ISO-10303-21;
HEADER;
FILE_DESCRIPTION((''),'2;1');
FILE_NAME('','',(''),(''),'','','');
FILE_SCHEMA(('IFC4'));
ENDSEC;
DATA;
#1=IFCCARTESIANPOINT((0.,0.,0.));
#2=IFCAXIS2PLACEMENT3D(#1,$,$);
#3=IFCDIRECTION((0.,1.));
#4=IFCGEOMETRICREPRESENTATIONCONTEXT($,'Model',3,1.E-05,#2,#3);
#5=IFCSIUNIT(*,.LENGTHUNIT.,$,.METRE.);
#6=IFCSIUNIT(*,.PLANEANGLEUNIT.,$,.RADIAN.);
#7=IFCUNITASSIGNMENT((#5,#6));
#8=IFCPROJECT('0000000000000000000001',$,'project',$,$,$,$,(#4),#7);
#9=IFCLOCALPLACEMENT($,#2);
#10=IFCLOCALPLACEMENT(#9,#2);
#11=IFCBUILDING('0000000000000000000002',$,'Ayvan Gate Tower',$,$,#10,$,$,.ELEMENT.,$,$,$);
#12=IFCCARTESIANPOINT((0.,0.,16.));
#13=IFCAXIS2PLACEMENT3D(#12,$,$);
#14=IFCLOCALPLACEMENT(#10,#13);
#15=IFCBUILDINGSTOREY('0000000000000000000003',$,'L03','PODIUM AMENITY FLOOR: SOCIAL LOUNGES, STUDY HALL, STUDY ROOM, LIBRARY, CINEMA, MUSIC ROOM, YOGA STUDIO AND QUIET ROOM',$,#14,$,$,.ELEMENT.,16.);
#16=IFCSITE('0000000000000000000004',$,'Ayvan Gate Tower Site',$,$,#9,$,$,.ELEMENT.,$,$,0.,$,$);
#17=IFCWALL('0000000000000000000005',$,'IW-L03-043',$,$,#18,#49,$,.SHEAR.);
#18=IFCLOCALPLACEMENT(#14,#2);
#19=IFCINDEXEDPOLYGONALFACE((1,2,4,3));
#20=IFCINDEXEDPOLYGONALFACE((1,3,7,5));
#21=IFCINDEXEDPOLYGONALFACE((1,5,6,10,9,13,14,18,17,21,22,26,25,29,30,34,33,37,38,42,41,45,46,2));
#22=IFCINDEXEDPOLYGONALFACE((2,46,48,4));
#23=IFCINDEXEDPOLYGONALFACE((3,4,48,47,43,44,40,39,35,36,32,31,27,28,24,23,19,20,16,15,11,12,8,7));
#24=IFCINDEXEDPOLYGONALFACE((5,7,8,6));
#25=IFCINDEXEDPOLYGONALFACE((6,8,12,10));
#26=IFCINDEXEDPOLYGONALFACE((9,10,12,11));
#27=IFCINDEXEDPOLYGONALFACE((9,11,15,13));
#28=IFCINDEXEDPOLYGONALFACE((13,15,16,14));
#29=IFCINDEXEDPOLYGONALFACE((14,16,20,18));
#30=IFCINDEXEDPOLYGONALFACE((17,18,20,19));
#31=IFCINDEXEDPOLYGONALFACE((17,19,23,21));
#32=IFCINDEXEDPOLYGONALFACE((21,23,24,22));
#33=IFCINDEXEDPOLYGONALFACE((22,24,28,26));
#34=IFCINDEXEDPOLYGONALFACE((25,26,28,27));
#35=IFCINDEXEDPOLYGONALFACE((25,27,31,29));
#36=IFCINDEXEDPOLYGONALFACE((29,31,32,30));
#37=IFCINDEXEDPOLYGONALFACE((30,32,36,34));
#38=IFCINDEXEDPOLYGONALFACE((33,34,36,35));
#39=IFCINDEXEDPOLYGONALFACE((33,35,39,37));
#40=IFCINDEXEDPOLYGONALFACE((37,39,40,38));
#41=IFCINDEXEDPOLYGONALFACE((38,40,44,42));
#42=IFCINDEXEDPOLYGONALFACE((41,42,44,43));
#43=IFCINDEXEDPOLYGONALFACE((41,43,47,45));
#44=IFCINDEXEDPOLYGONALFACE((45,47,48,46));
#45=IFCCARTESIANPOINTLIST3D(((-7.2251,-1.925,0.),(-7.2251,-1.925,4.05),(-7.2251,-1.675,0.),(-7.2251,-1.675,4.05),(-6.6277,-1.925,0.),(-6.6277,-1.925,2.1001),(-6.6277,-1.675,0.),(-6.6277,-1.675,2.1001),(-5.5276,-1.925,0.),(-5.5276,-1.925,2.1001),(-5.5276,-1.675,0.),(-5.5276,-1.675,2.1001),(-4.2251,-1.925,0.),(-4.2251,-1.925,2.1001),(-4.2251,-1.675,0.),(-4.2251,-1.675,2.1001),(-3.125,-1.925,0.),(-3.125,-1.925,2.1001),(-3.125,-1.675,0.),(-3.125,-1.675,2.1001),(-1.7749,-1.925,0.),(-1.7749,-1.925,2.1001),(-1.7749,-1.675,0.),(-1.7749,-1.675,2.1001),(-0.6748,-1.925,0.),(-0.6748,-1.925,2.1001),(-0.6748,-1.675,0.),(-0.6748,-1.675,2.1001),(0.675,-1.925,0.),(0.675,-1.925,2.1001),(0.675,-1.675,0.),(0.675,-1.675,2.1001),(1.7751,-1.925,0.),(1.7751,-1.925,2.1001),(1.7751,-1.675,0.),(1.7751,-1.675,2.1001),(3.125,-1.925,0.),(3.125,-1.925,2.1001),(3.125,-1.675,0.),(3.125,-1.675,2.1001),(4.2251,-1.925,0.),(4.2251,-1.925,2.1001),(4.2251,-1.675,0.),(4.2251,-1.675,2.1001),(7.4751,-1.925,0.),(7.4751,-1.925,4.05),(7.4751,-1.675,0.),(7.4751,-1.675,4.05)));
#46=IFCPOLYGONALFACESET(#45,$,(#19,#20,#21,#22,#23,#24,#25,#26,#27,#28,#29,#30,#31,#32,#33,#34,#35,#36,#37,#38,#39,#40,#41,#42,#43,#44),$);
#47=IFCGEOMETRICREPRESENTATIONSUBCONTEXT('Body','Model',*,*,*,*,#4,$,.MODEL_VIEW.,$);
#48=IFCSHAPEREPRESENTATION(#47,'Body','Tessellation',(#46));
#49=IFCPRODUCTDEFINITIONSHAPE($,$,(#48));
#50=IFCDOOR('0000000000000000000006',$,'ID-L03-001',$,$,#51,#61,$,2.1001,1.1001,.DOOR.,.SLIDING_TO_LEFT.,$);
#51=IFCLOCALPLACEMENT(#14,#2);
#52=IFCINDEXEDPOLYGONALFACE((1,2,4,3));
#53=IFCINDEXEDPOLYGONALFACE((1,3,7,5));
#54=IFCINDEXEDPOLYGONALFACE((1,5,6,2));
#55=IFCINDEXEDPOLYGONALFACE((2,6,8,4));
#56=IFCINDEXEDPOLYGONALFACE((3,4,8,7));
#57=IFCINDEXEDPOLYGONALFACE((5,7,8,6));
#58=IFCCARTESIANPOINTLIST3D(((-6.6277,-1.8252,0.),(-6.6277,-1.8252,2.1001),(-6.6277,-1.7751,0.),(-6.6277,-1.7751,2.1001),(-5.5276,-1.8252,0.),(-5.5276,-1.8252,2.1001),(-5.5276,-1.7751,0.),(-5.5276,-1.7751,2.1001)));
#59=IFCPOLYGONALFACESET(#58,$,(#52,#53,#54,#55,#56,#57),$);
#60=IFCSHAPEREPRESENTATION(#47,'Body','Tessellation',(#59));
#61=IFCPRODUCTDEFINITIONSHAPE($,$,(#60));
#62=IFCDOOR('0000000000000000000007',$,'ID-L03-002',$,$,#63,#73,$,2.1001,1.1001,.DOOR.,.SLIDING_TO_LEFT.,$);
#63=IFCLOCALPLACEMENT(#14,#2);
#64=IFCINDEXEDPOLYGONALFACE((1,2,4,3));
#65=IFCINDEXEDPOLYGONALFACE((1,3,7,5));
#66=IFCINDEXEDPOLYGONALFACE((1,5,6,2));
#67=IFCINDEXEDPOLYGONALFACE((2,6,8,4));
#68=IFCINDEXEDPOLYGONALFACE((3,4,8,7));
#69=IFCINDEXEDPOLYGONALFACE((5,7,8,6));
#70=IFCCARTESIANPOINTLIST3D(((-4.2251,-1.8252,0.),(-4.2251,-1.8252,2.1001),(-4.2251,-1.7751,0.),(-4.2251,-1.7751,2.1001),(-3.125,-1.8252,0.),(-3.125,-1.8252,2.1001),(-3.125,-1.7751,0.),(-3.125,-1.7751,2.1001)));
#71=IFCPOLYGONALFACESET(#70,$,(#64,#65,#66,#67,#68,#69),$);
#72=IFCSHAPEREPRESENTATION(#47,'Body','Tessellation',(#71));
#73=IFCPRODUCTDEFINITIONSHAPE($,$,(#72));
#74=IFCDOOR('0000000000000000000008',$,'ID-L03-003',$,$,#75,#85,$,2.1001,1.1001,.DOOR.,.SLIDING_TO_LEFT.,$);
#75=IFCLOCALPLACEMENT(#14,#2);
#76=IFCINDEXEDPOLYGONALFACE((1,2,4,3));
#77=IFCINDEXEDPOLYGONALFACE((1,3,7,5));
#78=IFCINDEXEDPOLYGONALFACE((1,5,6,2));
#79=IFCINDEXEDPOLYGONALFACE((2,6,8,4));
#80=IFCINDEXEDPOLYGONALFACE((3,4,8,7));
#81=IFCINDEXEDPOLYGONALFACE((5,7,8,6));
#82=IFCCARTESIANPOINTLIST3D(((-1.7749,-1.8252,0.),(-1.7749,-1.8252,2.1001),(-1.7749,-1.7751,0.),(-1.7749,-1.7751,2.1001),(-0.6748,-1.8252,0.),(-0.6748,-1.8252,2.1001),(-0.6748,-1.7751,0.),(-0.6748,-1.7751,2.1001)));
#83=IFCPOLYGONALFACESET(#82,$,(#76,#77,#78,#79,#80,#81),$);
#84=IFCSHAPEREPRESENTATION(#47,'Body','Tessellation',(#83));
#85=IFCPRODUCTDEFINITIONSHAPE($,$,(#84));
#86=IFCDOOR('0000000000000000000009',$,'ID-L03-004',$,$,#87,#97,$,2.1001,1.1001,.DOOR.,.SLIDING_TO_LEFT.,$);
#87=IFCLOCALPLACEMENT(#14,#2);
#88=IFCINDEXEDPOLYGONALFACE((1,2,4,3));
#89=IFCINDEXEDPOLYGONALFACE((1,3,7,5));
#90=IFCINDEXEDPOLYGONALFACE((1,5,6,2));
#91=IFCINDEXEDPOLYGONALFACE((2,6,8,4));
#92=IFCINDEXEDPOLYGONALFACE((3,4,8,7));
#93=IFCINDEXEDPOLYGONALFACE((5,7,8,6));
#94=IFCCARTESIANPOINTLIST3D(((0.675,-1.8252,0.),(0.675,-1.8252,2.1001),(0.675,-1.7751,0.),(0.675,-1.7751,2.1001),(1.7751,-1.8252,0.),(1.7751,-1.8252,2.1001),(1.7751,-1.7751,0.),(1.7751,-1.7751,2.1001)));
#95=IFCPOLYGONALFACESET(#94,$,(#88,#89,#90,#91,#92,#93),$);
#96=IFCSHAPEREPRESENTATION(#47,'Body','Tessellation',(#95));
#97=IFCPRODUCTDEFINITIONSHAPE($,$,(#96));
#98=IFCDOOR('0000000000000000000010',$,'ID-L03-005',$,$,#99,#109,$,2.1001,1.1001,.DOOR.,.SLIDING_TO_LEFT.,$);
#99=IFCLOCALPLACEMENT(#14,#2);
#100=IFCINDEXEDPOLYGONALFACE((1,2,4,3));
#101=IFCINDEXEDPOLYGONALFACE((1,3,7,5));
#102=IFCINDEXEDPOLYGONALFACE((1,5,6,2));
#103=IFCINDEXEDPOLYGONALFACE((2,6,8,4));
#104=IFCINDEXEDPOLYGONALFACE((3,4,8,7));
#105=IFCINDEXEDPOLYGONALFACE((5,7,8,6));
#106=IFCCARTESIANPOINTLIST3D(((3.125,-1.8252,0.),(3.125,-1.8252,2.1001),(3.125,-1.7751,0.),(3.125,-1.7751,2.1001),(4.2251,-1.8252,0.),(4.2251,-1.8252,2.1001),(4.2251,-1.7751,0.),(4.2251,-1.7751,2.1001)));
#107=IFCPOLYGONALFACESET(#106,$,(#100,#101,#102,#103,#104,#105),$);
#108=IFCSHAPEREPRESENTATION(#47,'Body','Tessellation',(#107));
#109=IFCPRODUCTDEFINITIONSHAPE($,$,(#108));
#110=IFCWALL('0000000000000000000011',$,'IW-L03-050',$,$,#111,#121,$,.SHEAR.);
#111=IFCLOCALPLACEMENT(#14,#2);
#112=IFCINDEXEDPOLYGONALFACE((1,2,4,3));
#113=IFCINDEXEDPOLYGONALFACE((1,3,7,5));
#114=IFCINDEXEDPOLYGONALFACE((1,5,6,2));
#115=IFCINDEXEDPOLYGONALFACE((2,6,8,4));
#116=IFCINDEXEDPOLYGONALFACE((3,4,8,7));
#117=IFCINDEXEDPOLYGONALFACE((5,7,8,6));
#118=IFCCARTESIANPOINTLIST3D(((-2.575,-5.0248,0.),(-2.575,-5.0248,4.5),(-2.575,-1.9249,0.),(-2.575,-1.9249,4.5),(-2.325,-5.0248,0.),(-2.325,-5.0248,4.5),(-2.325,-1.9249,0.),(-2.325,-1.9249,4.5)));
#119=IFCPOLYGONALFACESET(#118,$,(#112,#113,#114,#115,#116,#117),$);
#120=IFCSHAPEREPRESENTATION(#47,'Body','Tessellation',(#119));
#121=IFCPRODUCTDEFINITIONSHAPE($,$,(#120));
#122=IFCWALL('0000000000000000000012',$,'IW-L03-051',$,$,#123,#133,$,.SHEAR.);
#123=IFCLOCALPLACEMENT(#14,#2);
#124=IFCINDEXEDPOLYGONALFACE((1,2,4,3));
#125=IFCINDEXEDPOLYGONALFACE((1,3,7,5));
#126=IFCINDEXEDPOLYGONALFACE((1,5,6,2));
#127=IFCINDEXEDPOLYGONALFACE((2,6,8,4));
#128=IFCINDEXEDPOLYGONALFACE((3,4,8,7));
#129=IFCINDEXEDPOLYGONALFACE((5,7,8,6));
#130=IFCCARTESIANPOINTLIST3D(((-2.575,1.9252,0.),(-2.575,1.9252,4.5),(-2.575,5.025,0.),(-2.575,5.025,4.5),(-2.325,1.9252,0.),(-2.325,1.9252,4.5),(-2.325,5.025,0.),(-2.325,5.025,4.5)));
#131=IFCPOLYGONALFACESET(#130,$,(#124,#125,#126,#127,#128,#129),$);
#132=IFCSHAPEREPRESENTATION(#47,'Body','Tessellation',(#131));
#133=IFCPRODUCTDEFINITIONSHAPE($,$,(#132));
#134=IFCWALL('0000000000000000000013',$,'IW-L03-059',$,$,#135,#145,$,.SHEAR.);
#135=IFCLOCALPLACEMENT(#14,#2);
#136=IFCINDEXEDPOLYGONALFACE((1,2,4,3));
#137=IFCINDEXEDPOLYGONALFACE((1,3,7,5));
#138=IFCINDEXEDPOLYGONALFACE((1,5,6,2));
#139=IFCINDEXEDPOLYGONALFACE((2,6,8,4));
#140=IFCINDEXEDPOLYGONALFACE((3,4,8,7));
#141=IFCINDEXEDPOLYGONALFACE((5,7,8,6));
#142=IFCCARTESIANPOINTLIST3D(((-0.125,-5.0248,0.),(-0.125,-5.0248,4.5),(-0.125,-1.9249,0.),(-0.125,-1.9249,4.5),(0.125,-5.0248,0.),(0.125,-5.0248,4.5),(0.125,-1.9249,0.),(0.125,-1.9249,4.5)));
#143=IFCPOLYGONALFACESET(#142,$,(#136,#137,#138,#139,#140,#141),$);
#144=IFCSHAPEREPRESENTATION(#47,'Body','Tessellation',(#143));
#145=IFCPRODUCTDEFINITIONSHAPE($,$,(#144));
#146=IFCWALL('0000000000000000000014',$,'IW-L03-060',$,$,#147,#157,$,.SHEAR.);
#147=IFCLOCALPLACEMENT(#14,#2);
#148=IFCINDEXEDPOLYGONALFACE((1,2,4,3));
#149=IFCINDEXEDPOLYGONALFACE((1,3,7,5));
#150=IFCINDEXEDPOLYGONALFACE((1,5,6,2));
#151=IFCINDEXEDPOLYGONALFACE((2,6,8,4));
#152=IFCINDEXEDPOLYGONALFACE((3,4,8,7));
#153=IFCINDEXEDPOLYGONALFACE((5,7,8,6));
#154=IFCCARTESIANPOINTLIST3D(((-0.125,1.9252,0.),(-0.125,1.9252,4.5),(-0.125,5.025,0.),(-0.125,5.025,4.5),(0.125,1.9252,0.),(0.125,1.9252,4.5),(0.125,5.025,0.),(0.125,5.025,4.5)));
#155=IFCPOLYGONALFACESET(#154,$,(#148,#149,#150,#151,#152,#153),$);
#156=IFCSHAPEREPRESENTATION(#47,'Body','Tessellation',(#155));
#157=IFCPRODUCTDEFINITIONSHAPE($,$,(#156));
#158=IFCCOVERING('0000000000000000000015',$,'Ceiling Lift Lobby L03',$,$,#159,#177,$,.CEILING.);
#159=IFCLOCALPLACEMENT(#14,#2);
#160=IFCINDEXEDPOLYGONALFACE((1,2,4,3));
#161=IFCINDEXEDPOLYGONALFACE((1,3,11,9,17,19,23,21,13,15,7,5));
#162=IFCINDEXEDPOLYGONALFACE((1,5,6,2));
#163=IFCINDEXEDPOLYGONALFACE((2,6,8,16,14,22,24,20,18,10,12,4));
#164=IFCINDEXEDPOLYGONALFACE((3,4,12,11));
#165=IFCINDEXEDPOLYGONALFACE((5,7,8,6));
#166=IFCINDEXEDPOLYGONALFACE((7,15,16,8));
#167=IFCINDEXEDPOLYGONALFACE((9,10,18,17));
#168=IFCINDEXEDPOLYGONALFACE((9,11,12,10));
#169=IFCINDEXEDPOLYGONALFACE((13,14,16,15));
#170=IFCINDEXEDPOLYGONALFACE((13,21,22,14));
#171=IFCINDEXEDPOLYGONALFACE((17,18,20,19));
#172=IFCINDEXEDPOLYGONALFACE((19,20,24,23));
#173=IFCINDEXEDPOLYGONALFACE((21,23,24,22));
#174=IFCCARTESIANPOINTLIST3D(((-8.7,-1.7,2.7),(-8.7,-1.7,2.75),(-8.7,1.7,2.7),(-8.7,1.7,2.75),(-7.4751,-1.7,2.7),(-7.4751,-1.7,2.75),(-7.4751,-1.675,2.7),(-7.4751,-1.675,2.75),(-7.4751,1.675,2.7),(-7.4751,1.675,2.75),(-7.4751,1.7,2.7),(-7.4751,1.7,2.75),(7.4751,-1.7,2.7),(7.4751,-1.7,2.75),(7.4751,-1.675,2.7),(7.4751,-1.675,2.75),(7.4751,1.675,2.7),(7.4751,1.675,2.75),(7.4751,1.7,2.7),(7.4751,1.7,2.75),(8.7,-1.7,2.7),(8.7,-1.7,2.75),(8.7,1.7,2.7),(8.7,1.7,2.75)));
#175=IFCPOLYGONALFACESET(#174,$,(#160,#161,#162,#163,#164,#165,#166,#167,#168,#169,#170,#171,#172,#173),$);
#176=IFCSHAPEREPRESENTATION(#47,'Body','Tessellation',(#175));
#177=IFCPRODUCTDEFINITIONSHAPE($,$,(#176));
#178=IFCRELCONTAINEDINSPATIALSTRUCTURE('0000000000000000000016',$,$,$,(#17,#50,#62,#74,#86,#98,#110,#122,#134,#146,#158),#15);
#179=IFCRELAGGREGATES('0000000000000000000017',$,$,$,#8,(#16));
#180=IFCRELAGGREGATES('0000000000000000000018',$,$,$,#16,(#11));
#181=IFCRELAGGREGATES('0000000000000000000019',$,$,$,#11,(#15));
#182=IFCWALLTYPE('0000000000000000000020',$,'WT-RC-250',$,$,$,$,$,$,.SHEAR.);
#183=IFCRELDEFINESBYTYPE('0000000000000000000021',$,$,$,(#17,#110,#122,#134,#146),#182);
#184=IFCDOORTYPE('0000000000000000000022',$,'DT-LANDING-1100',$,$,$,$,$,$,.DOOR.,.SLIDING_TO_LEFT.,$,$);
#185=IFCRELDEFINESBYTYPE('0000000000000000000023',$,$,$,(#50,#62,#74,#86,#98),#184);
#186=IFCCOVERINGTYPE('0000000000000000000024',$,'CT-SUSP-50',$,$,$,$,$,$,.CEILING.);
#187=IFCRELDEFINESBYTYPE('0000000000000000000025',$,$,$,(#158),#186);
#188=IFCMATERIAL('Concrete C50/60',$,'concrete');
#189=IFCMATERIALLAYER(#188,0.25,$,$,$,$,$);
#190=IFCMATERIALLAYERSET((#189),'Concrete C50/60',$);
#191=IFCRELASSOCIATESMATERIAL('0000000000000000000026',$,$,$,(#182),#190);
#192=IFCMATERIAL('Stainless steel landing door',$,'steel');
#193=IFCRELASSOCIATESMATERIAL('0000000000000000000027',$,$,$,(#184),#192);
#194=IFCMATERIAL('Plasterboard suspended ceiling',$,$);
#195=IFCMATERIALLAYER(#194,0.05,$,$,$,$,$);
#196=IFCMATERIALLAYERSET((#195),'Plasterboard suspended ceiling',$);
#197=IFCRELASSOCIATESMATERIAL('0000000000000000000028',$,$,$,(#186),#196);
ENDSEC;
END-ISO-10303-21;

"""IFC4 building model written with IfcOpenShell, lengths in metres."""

from ifc_helpers import new_model, si_unit, direction, frame, frame_2d, origin, place, context, subcontext, project, spatial, polyline, rectangle, outline, extrude, material, layer, layer_set, type_object, element, fill, save


model = new_model("IFC4")

# Units and contexts
model_context = context("Model", 3, precision=1e-05, world=origin(), true_north=direction((0.0, 1.0)))
body_context = subcontext(model_context, "Body", "Model", "MODEL_VIEW")
ifc_project = project(units=[si_unit("LENGTHUNIT", "METRE"), si_unit("PLANEANGLEUNIT", "RADIAN")], contexts=[model_context])

# Site, building, storey
site_placement = place(None, origin())
site = spatial("IfcSite", under=ifc_project, at=site_placement, Name="Ayvan Gate Tower Site", CompositionType="ELEMENT", RefElevation=0.0)
building_placement = place(site_placement, origin())
building = spatial("IfcBuilding", under=site, at=building_placement, Name="Ayvan Gate Tower", CompositionType="ELEMENT")
storey_placement = place(building_placement, frame((0.0, 0.0, 16.0)))
storey = spatial("IfcBuildingStorey", under=building, at=storey_placement, Name="L03", Description="PODIUM AMENITY FLOOR: SOCIAL LOUNGES, STUDY HALL, STUDY ROOM, LIBRARY, CINEMA, MUSIC ROOM, YOGA STUDIO AND QUIET ROOM", CompositionType="ELEMENT", Elevation=16.0)

# Shared definitions
ifc_material_1 = material(Name="Concrete C50/60", Category="concrete")
ifc_layer_1 = layer(ifc_material_1, 0.25)
ifc_layer_set_1 = layer_set([ifc_layer_1], Name="Concrete C50/60")
wall_type_1 = type_object("IfcWallType", Name="WT-RC-250", PredefinedType="SHEAR", material=ifc_layer_set_1)

# Wall, openings, doors
wall_1_placement = place(storey_placement, frame((-7.2251, -1.8, 0.0), z_axis=(0.0, 0.0, 1.0), x_axis=(1.0, 0.0, 0.0)))
wall_1 = element("IfcWall", 1, at=wall_1_placement, inside=storey, type_object=wall_type_1, Name="IW-L03-043", PredefinedType="SHEAR", context=body_context, shape_type="SweptSolid", body=[
    extrude(rectangle(XDim=14.7002, YDim=0.25, at=frame_2d((7.3501, 0.0))), origin(), (0.0, 0.0, 1.0), 4.05),
])
opening_1_placement = place(wall_1_placement, frame((0.5974, 0.0, 0.0)))
opening_1 = element("IfcOpeningElement", 2, at=opening_1_placement, cuts=wall_1, PredefinedType="OPENING", context=body_context, shape_type="SweptSolid", body=[
    extrude(rectangle(XDim=1.1001, YDim=2.1001, at=frame_2d((0.55, 1.05))), frame((0.0, 0.135, 0.0), z_axis=(0.0, -1.0, 0.0), x_axis=(1.0, 0.0, 0.0)), (0.0, 0.0, 1.0), 0.27),
])
opening_2_placement = place(wall_1_placement, frame((3.0, 0.0, 0.0)))
opening_2 = element("IfcOpeningElement", 3, at=opening_2_placement, cuts=wall_1, PredefinedType="OPENING", context=body_context, shape_type="SweptSolid", body=[
    extrude(rectangle(XDim=1.1001, YDim=2.1001, at=frame_2d((0.55, 1.05))), frame((0.0, 0.135, 0.0), z_axis=(0.0, -1.0, 0.0), x_axis=(1.0, 0.0, 0.0)), (0.0, 0.0, 1.0), 0.27),
])
opening_3_placement = place(wall_1_placement, frame((5.4502, 0.0, 0.0)))
opening_3 = element("IfcOpeningElement", 4, at=opening_3_placement, cuts=wall_1, PredefinedType="OPENING", context=body_context, shape_type="SweptSolid", body=[
    extrude(rectangle(XDim=1.1001, YDim=2.1001, at=frame_2d((0.55, 1.05))), frame((0.0, 0.135, 0.0), z_axis=(0.0, -1.0, 0.0), x_axis=(1.0, 0.0, 0.0)), (0.0, 0.0, 1.0), 0.27),
])
opening_4_placement = place(wall_1_placement, frame((7.9001, 0.0, 0.0)))
opening_4 = element("IfcOpeningElement", 5, at=opening_4_placement, cuts=wall_1, PredefinedType="OPENING", context=body_context, shape_type="SweptSolid", body=[
    extrude(rectangle(XDim=1.1001, YDim=2.1001, at=frame_2d((0.55, 1.05))), frame((0.0, 0.135, 0.0), z_axis=(0.0, -1.0, 0.0), x_axis=(1.0, 0.0, 0.0)), (0.0, 0.0, 1.0), 0.27),
])
opening_5_placement = place(wall_1_placement, frame((10.3501, 0.0, 0.0)))
opening_5 = element("IfcOpeningElement", 6, at=opening_5_placement, cuts=wall_1, PredefinedType="OPENING", context=body_context, shape_type="SweptSolid", body=[
    extrude(rectangle(XDim=1.1001, YDim=2.1001, at=frame_2d((0.55, 1.05))), frame((0.0, 0.135, 0.0), z_axis=(0.0, -1.0, 0.0), x_axis=(1.0, 0.0, 0.0)), (0.0, 0.0, 1.0), 0.27),
])
ifc_material_2 = material(Name="Stainless steel landing door", Category="steel")
door_type_1 = type_object("IfcDoorType", Name="DT-LANDING-1100", OperationType="SLIDING_TO_LEFT", PredefinedType="DOOR", material=ifc_material_2)
door_1_placement = place(opening_1_placement, origin())
door_1 = element("IfcDoor", 7, at=door_1_placement, inside=storey, type_object=door_type_1, Name="ID-L03-001", OperationType="SLIDING_TO_LEFT", OverallHeight=2.1001, OverallWidth=1.1001, PredefinedType="DOOR", context=body_context, shape_type="SweptSolid", body=[
    extrude(rectangle(XDim=1.1001, YDim=2.1001, at=frame_2d((0.55, 1.05))), frame((0.0, 0.0249, 0.0), z_axis=(0.0, -1.0, 0.0), x_axis=(1.0, 0.0, 0.0)), (0.0, 0.0, 1.0), 0.05),
])
fill(opening_1, door_1)
door_2_placement = place(opening_2_placement, origin())
door_2 = element("IfcDoor", 8, at=door_2_placement, inside=storey, type_object=door_type_1, Name="ID-L03-002", OperationType="SLIDING_TO_LEFT", OverallHeight=2.1001, OverallWidth=1.1001, PredefinedType="DOOR", context=body_context, shape_type="SweptSolid", body=[
    extrude(rectangle(XDim=1.1001, YDim=2.1001, at=frame_2d((0.55, 1.05))), frame((0.0, 0.0249, 0.0), z_axis=(0.0, -1.0, 0.0), x_axis=(1.0, 0.0, 0.0)), (0.0, 0.0, 1.0), 0.05),
])
fill(opening_2, door_2)
door_3_placement = place(opening_3_placement, origin())
door_3 = element("IfcDoor", 9, at=door_3_placement, inside=storey, type_object=door_type_1, Name="ID-L03-003", OperationType="SLIDING_TO_LEFT", OverallHeight=2.1001, OverallWidth=1.1001, PredefinedType="DOOR", context=body_context, shape_type="SweptSolid", body=[
    extrude(rectangle(XDim=1.1001, YDim=2.1001, at=frame_2d((0.55, 1.05))), frame((0.0, 0.0249, 0.0), z_axis=(0.0, -1.0, 0.0), x_axis=(1.0, 0.0, 0.0)), (0.0, 0.0, 1.0), 0.05),
])
fill(opening_3, door_3)
door_4_placement = place(opening_4_placement, origin())
door_4 = element("IfcDoor", 10, at=door_4_placement, inside=storey, type_object=door_type_1, Name="ID-L03-004", OperationType="SLIDING_TO_LEFT", OverallHeight=2.1001, OverallWidth=1.1001, PredefinedType="DOOR", context=body_context, shape_type="SweptSolid", body=[
    extrude(rectangle(XDim=1.1001, YDim=2.1001, at=frame_2d((0.55, 1.05))), frame((0.0, 0.0249, 0.0), z_axis=(0.0, -1.0, 0.0), x_axis=(1.0, 0.0, 0.0)), (0.0, 0.0, 1.0), 0.05),
])
fill(opening_4, door_4)
door_5_placement = place(opening_5_placement, origin())
door_5 = element("IfcDoor", 11, at=door_5_placement, inside=storey, type_object=door_type_1, Name="ID-L03-005", OperationType="SLIDING_TO_LEFT", OverallHeight=2.1001, OverallWidth=1.1001, PredefinedType="DOOR", context=body_context, shape_type="SweptSolid", body=[
    extrude(rectangle(XDim=1.1001, YDim=2.1001, at=frame_2d((0.55, 1.05))), frame((0.0, 0.0249, 0.0), z_axis=(0.0, -1.0, 0.0), x_axis=(1.0, 0.0, 0.0)), (0.0, 0.0, 1.0), 0.05),
])
fill(opening_5, door_5)

# Walls
for number, where, z_axis, x_axis, name in (
    (12, (-2.45, -1.925, 0.0), (0.0, 0.0, 1.0), (0.0, -1.0, 0.0), "IW-L03-050"),
    (13, (-2.45, 5.0249, 0.0), (0.0, 0.0, 1.0), (0.0, -1.0, 0.0), "IW-L03-051"),
    (14, (0.0, -1.925, 0.0), (0.0, 0.0, 1.0), (0.0, -1.0, 0.0), "IW-L03-059"),
    (15, (0.0, 5.0249, 0.0), (0.0, 0.0, 1.0), (0.0, -1.0, 0.0), "IW-L03-060"),
):
    element("IfcWall", number, at=place(storey_placement, frame(where, z_axis=z_axis, x_axis=x_axis)), inside=storey, type_object=wall_type_1, Name=name, PredefinedType="SHEAR", context=body_context, shape_type="SweptSolid", body=[
        extrude(rectangle(XDim=3.0999, YDim=0.25, at=frame_2d((1.5498, 0.0))), origin(), (0.0, 0.0, 1.0), 4.5),
    ])

# Covering
ifc_material_3 = material(Name="Plasterboard suspended ceiling")
ifc_layer_2 = layer(ifc_material_3, 0.05)
ifc_layer_set_2 = layer_set([ifc_layer_2], Name="Plasterboard suspended ceiling")
covering_type = type_object("IfcCoveringType", Name="CT-SUSP-50", PredefinedType="CEILING", material=ifc_layer_set_2)
covering_1_placement = place(storey_placement, frame((0.0, 0.0, 2.7)))
element("IfcCovering", 16, at=covering_1_placement, inside=storey, type_object=covering_type, Name="Ceiling Lift Lobby L03", PredefinedType="CEILING", context=body_context, shape_type="SweptSolid", body=[
    extrude(outline(polyline([(7.4751, -1.675), (-7.4751, -1.675), (-7.4751, -1.7), (-8.7, -1.7), (-8.7, 1.7), (-7.4751, 1.7), (-7.4751, 1.675), (7.4751, 1.675), (7.4751, 1.7), (8.7, 1.7), (8.7, -1.7), (7.4751, -1.7), (7.4751, -1.675)])), origin(), (0.0, 0.0, 1.0), 0.05),
])

save(model, "model.ifc")
